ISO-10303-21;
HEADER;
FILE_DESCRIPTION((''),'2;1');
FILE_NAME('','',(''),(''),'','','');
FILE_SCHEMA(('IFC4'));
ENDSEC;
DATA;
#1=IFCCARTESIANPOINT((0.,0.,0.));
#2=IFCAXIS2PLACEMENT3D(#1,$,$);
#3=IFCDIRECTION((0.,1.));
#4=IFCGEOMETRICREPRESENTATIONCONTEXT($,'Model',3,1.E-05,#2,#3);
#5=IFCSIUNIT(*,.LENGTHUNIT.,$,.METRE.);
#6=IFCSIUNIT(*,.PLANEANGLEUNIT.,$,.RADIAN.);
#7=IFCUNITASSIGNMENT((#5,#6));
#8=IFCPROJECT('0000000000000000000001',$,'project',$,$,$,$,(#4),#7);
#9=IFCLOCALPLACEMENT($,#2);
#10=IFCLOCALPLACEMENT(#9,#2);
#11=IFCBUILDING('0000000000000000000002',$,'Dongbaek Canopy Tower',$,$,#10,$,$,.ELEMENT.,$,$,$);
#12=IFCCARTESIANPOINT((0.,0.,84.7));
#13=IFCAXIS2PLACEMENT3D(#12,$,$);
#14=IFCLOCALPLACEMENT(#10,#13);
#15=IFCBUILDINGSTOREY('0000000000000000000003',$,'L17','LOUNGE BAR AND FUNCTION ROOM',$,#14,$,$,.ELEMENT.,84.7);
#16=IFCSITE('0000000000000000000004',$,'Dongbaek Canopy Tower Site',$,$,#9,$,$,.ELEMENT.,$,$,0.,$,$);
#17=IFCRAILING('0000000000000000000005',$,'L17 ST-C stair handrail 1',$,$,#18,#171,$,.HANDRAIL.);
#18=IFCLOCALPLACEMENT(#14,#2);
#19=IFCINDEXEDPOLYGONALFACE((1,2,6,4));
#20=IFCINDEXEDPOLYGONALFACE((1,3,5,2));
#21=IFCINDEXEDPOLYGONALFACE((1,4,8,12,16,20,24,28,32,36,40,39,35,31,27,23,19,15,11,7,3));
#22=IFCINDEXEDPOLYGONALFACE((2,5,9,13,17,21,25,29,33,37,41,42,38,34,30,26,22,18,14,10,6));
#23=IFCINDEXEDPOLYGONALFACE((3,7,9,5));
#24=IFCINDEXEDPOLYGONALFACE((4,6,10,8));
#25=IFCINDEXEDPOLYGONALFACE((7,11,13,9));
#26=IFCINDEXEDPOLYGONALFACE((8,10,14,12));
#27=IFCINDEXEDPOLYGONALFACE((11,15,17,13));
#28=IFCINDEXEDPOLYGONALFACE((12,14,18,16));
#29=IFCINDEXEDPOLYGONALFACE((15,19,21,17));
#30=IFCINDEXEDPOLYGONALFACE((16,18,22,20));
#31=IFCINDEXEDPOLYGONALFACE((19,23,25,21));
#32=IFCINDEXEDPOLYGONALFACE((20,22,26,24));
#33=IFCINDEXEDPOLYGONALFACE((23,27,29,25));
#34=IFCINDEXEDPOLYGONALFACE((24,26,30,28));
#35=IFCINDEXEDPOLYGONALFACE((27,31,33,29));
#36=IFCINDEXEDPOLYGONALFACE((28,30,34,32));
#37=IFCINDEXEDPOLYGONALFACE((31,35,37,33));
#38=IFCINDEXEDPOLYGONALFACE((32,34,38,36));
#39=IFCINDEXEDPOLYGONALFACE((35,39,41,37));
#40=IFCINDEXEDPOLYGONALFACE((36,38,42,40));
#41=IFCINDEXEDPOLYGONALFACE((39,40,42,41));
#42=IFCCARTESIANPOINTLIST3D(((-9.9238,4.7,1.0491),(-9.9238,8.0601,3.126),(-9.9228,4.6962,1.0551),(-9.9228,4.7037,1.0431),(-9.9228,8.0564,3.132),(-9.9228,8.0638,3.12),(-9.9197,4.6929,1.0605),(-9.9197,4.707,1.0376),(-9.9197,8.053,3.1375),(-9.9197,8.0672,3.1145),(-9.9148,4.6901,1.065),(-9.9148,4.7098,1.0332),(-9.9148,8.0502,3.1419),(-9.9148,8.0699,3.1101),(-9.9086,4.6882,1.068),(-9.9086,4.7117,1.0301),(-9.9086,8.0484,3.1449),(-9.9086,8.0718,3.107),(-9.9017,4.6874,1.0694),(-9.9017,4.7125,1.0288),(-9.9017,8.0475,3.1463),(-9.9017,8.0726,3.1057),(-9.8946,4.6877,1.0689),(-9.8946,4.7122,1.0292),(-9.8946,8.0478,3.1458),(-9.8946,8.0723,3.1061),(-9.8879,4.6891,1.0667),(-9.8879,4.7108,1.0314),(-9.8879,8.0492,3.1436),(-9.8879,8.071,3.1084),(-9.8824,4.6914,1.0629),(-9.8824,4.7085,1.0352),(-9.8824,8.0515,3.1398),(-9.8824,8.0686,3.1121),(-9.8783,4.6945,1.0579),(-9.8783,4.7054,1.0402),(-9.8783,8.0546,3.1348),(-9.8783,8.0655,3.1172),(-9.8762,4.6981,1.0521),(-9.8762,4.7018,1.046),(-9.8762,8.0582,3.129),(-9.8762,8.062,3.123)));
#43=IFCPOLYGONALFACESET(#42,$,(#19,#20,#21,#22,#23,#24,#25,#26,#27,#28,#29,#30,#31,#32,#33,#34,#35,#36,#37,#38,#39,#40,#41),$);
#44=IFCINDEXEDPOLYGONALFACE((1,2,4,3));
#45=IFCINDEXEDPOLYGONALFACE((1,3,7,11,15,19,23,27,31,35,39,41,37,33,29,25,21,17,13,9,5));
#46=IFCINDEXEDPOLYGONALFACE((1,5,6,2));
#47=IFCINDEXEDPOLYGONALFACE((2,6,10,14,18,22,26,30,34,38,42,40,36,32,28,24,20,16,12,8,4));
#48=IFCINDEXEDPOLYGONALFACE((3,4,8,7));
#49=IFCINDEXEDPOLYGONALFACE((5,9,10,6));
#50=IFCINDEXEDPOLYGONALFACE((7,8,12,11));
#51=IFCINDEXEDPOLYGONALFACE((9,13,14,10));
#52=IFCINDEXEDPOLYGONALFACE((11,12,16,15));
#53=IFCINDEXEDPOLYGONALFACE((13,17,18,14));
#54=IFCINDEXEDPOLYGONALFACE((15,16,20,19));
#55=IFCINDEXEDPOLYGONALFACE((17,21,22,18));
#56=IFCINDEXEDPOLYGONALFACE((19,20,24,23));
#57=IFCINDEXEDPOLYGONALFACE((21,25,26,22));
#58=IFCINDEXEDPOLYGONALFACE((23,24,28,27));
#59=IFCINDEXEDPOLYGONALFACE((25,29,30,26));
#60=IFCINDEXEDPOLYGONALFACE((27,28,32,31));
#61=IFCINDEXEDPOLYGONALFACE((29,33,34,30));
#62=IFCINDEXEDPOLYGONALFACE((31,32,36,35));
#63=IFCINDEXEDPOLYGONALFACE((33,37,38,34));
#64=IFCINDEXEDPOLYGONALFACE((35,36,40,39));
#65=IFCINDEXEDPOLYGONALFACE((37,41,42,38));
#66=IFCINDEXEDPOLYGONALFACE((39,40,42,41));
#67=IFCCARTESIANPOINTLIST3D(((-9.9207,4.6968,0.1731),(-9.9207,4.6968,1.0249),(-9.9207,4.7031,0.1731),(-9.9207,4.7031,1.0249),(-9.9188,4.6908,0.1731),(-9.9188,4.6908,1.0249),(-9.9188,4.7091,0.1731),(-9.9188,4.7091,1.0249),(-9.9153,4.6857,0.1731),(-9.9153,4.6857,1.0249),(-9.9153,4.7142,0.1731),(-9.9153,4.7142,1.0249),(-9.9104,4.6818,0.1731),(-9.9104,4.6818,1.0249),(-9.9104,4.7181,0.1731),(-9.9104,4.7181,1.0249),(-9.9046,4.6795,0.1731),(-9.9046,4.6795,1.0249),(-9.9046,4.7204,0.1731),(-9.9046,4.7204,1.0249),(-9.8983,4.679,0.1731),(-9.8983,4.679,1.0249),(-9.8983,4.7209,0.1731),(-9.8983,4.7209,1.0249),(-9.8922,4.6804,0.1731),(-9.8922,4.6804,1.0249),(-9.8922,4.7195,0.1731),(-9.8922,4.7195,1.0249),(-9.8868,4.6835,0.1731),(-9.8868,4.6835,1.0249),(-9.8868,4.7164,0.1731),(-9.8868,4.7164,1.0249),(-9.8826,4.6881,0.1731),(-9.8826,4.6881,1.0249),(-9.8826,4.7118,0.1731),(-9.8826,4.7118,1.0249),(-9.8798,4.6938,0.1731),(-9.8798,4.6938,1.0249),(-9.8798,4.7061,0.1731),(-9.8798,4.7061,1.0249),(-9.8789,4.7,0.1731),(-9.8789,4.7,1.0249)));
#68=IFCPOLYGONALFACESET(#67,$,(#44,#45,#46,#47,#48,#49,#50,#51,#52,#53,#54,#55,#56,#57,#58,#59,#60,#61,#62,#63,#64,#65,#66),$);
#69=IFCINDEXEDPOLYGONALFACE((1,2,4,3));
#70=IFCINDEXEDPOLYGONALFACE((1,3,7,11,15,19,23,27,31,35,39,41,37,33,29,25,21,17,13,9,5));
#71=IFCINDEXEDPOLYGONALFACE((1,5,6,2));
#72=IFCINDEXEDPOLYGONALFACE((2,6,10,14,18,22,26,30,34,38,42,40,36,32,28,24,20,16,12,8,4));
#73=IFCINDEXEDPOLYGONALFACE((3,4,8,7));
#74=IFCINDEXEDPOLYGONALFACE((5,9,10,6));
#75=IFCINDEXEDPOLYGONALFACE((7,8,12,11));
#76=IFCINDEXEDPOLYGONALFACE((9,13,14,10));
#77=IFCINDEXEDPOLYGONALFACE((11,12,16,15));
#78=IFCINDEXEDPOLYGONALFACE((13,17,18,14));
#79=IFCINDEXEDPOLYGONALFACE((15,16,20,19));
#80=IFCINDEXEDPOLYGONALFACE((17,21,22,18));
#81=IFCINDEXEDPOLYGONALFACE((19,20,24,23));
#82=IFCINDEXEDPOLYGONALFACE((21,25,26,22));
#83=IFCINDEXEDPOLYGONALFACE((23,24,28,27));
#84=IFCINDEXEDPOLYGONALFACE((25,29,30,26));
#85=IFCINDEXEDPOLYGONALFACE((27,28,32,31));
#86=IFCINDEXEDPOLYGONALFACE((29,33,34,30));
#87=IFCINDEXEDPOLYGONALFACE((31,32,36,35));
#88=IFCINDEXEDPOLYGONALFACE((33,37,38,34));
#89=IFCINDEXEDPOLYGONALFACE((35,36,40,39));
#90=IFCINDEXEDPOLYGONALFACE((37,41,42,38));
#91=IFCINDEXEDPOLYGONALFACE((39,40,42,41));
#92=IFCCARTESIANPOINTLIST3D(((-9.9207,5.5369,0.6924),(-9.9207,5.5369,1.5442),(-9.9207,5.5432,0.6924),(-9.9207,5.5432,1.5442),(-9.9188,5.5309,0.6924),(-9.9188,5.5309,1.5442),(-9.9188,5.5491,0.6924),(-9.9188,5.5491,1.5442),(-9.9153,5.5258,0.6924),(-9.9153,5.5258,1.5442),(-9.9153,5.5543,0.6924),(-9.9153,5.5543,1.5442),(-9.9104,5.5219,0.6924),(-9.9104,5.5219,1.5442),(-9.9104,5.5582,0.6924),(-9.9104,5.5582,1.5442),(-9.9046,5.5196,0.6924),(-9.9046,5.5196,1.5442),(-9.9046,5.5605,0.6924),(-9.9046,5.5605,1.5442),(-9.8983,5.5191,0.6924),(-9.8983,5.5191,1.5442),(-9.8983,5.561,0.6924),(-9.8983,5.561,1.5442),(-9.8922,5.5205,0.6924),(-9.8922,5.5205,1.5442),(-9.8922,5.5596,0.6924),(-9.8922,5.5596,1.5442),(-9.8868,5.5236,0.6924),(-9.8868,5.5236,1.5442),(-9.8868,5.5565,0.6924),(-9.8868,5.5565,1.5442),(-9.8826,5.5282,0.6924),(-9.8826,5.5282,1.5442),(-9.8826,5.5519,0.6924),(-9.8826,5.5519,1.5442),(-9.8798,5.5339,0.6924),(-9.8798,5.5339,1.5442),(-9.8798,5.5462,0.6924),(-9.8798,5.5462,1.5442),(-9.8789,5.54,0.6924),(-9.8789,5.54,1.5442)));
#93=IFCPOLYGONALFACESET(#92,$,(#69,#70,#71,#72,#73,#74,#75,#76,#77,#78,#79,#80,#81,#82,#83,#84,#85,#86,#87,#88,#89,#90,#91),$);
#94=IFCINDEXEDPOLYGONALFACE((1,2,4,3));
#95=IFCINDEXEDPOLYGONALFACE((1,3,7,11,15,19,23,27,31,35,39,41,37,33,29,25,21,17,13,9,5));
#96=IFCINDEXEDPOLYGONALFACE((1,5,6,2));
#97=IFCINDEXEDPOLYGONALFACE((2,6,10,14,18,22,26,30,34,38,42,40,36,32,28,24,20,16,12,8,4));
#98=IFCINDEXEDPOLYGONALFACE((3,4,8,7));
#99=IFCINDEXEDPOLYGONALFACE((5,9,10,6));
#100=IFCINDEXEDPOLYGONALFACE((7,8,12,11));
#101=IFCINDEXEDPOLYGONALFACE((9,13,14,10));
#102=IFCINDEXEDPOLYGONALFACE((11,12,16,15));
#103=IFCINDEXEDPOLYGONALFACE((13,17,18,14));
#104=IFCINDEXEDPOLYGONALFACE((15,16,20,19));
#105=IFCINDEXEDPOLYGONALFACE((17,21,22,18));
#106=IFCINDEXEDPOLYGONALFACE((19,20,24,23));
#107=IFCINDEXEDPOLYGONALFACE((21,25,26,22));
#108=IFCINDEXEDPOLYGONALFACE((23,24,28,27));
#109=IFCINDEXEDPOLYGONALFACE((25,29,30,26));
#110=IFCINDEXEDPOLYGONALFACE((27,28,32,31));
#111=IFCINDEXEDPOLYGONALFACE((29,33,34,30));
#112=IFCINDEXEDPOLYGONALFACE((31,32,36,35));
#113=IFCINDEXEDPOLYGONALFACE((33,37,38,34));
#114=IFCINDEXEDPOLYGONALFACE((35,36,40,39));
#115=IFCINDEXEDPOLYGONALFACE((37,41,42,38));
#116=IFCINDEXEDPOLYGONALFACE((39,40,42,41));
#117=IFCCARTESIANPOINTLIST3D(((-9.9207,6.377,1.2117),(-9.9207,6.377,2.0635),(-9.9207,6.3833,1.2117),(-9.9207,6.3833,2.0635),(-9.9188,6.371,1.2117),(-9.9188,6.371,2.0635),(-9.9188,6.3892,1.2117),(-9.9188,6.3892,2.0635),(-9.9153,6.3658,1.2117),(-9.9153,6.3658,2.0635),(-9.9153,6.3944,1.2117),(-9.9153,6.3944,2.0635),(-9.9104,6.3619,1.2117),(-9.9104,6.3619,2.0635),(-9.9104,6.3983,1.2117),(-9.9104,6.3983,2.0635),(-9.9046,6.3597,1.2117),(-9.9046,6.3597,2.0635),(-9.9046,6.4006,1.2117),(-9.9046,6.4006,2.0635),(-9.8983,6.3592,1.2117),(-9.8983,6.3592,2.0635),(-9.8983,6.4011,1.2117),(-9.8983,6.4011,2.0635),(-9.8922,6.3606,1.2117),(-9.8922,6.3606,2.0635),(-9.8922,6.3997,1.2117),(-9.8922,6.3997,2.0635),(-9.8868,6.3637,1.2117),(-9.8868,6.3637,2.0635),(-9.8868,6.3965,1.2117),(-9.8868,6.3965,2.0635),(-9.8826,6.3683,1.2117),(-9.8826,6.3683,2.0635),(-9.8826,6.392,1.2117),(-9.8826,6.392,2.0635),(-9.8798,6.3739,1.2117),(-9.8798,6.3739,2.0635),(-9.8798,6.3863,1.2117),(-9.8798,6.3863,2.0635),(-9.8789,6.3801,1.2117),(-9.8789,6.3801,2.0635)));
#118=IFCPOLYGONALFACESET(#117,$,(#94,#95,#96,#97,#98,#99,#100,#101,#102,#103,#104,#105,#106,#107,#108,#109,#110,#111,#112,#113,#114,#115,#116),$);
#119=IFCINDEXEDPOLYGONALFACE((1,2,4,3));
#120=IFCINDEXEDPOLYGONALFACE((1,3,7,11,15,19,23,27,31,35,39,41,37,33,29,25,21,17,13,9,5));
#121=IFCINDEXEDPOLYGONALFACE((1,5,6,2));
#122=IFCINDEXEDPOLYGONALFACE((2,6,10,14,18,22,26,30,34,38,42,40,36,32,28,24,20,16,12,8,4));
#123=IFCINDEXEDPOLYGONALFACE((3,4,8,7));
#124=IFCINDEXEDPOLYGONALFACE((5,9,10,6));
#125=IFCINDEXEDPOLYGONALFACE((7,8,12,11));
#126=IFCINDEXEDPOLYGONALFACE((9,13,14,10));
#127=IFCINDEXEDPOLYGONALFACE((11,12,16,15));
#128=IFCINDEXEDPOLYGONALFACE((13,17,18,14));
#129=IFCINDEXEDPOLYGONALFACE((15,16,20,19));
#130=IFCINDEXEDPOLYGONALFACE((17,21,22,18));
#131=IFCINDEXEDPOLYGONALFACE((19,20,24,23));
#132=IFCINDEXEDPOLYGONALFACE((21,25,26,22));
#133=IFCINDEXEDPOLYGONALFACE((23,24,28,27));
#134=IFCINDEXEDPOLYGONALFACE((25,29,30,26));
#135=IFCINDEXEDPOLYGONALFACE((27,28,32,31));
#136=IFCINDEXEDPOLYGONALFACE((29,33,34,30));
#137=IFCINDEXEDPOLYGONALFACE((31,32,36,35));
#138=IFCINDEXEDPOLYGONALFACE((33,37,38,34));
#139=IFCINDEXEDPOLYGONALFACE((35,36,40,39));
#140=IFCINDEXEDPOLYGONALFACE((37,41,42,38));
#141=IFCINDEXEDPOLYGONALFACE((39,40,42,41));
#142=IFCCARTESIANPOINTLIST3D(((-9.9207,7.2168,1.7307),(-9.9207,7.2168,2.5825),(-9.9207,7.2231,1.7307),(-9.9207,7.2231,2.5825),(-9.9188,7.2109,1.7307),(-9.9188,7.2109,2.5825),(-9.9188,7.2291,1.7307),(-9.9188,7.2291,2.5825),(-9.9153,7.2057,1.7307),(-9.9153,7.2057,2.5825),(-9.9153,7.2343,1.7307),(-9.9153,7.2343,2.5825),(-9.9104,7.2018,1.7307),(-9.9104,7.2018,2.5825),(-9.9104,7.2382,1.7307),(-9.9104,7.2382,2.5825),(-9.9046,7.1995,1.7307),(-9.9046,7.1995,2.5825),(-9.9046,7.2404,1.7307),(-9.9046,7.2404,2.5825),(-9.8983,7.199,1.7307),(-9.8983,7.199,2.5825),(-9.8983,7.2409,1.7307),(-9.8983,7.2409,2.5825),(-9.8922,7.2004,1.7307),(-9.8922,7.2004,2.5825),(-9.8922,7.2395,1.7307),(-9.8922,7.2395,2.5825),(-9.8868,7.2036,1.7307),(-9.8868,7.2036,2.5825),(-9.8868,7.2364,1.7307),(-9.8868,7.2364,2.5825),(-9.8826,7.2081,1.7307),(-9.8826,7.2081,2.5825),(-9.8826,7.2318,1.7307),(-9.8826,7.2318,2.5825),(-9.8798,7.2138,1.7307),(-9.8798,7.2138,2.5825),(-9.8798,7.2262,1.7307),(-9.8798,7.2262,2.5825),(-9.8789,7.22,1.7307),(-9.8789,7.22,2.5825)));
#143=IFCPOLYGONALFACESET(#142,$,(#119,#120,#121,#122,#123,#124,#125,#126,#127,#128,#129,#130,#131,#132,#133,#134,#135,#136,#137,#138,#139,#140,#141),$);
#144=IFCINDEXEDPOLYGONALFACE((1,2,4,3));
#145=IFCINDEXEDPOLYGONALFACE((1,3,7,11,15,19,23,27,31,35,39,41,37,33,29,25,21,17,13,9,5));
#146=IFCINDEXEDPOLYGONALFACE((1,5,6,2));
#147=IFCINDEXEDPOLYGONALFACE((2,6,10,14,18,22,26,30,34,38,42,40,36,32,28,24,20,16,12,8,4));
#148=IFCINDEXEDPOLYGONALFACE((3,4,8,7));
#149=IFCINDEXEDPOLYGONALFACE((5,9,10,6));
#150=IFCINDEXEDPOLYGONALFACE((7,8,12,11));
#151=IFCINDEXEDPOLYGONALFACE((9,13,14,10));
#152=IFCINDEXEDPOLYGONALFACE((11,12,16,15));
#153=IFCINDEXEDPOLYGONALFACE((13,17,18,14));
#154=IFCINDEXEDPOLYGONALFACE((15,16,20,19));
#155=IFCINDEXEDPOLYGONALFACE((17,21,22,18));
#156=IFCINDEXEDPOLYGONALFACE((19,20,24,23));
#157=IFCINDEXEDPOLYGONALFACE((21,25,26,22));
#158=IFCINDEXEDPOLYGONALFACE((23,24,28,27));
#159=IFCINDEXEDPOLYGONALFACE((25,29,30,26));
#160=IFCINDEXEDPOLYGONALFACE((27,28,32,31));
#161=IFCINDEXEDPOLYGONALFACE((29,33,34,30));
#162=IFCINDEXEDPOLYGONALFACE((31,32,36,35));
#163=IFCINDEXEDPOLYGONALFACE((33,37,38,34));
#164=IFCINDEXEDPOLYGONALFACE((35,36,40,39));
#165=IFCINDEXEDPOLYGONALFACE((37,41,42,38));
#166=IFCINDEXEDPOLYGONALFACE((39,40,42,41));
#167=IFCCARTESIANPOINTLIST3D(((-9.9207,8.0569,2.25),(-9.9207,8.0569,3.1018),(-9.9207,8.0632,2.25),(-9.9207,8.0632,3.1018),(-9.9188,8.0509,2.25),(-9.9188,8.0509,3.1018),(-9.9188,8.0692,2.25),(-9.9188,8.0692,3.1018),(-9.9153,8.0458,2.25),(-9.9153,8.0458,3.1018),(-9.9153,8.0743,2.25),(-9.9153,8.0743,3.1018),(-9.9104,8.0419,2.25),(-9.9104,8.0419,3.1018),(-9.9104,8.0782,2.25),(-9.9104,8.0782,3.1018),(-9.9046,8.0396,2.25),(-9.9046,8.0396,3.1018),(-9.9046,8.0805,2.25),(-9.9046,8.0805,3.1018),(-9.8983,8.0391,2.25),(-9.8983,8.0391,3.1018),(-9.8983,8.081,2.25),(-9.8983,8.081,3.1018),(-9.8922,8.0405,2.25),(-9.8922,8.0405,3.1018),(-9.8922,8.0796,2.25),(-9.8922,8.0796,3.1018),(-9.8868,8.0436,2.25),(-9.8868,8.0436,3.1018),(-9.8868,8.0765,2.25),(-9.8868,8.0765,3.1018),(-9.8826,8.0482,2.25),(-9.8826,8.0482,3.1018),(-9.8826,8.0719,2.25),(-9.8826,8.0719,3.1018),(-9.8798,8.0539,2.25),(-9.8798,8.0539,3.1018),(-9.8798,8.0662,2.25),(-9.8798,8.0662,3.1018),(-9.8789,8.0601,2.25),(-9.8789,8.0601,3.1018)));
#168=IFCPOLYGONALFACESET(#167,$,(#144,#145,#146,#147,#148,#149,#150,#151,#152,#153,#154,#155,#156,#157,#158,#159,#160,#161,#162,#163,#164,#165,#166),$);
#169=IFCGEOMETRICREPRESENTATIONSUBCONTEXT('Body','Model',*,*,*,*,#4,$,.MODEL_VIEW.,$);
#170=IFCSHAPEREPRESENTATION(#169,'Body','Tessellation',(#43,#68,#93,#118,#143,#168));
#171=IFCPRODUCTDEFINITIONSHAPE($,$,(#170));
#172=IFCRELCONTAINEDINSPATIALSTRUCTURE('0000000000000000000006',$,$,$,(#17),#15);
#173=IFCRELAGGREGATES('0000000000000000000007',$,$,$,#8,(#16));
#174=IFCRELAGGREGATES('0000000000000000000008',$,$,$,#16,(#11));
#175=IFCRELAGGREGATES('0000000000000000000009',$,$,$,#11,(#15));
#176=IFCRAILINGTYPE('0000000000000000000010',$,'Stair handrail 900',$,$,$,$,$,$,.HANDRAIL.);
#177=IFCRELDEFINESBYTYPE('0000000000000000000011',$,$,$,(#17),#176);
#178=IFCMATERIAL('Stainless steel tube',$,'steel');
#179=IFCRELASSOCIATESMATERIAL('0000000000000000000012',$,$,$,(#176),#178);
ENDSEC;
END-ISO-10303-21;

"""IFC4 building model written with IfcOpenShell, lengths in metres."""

from ifc_helpers import new_model, si_unit, direction, frame, origin, origin_2d, place, context, subcontext, project, spatial, circle, extrude, material, type_object, element, save


model = new_model("IFC4")

# Units and contexts
model_context = context("Model", 3, precision=1e-05, world=origin(), true_north=direction((0.0, 1.0)))
body_context = subcontext(model_context, "Body", "Model", "MODEL_VIEW")
ifc_project = project(units=[si_unit("LENGTHUNIT", "METRE"), si_unit("PLANEANGLEUNIT", "RADIAN")], contexts=[model_context])

# Site, building, storey
site_placement = place(None, origin())
site = spatial("IfcSite", under=ifc_project, at=site_placement, Name="Dongbaek Canopy Tower Site", CompositionType="ELEMENT", RefElevation=0.0)
building_placement = place(site_placement, origin())
building = spatial("IfcBuilding", under=site, at=building_placement, Name="Dongbaek Canopy Tower", CompositionType="ELEMENT")
storey_placement = place(building_placement, frame((0.0, 0.0, 84.7)))
storey = spatial("IfcBuildingStorey", under=building, at=storey_placement, Name="L17", Description="LOUNGE BAR AND FUNCTION ROOM", CompositionType="ELEMENT", Elevation=84.7)

# Railing
ifc_material_1 = material(Name="Stainless steel tube", Category="steel")
railing_type_1 = type_object("IfcRailingType", Name="Stair handrail 900", PredefinedType="HANDRAIL", material=ifc_material_1)
railing_1_placement = place(storey_placement, frame((-9.8999, 4.7, 0.1731)))
element("IfcRailing", 1, at=railing_1_placement, inside=storey, type_object=railing_type_1, Name="L17 ST-C stair handrail 1", PredefinedType="HANDRAIL", context=body_context, shape_type="SweptSolid", body=[
    extrude(circle(Radius=0.0239, at=origin_2d()), frame((0.0, 0.0, 0.876), z_axis=(0.0, 0.850623, 0.525776), x_axis=(-1.0, 0.0, 0.0)), (0.0, 0.0, 1.0), 3.9502),
    extrude(circle(Radius=0.021, at=origin_2d()), origin(), (0.0, 0.0, 1.0), 0.8518),
    extrude(circle(Radius=0.021, at=origin_2d()), frame((0.0, 0.8401, 0.5193)), (0.0, 0.0, 1.0), 0.8518),
    extrude(circle(Radius=0.021, at=origin_2d()), frame((0.0, 1.6802, 1.0386)), (0.0, 0.0, 1.0), 0.8518),
    extrude(circle(Radius=0.021, at=origin_2d()), frame((0.0, 2.52, 1.5576)), (0.0, 0.0, 1.0), 0.8518),
    extrude(circle(Radius=0.021, at=origin_2d()), frame((0.0, 3.3601, 2.0769)), (0.0, 0.0, 1.0), 0.8518),
])

save(model, "model.ifc")
